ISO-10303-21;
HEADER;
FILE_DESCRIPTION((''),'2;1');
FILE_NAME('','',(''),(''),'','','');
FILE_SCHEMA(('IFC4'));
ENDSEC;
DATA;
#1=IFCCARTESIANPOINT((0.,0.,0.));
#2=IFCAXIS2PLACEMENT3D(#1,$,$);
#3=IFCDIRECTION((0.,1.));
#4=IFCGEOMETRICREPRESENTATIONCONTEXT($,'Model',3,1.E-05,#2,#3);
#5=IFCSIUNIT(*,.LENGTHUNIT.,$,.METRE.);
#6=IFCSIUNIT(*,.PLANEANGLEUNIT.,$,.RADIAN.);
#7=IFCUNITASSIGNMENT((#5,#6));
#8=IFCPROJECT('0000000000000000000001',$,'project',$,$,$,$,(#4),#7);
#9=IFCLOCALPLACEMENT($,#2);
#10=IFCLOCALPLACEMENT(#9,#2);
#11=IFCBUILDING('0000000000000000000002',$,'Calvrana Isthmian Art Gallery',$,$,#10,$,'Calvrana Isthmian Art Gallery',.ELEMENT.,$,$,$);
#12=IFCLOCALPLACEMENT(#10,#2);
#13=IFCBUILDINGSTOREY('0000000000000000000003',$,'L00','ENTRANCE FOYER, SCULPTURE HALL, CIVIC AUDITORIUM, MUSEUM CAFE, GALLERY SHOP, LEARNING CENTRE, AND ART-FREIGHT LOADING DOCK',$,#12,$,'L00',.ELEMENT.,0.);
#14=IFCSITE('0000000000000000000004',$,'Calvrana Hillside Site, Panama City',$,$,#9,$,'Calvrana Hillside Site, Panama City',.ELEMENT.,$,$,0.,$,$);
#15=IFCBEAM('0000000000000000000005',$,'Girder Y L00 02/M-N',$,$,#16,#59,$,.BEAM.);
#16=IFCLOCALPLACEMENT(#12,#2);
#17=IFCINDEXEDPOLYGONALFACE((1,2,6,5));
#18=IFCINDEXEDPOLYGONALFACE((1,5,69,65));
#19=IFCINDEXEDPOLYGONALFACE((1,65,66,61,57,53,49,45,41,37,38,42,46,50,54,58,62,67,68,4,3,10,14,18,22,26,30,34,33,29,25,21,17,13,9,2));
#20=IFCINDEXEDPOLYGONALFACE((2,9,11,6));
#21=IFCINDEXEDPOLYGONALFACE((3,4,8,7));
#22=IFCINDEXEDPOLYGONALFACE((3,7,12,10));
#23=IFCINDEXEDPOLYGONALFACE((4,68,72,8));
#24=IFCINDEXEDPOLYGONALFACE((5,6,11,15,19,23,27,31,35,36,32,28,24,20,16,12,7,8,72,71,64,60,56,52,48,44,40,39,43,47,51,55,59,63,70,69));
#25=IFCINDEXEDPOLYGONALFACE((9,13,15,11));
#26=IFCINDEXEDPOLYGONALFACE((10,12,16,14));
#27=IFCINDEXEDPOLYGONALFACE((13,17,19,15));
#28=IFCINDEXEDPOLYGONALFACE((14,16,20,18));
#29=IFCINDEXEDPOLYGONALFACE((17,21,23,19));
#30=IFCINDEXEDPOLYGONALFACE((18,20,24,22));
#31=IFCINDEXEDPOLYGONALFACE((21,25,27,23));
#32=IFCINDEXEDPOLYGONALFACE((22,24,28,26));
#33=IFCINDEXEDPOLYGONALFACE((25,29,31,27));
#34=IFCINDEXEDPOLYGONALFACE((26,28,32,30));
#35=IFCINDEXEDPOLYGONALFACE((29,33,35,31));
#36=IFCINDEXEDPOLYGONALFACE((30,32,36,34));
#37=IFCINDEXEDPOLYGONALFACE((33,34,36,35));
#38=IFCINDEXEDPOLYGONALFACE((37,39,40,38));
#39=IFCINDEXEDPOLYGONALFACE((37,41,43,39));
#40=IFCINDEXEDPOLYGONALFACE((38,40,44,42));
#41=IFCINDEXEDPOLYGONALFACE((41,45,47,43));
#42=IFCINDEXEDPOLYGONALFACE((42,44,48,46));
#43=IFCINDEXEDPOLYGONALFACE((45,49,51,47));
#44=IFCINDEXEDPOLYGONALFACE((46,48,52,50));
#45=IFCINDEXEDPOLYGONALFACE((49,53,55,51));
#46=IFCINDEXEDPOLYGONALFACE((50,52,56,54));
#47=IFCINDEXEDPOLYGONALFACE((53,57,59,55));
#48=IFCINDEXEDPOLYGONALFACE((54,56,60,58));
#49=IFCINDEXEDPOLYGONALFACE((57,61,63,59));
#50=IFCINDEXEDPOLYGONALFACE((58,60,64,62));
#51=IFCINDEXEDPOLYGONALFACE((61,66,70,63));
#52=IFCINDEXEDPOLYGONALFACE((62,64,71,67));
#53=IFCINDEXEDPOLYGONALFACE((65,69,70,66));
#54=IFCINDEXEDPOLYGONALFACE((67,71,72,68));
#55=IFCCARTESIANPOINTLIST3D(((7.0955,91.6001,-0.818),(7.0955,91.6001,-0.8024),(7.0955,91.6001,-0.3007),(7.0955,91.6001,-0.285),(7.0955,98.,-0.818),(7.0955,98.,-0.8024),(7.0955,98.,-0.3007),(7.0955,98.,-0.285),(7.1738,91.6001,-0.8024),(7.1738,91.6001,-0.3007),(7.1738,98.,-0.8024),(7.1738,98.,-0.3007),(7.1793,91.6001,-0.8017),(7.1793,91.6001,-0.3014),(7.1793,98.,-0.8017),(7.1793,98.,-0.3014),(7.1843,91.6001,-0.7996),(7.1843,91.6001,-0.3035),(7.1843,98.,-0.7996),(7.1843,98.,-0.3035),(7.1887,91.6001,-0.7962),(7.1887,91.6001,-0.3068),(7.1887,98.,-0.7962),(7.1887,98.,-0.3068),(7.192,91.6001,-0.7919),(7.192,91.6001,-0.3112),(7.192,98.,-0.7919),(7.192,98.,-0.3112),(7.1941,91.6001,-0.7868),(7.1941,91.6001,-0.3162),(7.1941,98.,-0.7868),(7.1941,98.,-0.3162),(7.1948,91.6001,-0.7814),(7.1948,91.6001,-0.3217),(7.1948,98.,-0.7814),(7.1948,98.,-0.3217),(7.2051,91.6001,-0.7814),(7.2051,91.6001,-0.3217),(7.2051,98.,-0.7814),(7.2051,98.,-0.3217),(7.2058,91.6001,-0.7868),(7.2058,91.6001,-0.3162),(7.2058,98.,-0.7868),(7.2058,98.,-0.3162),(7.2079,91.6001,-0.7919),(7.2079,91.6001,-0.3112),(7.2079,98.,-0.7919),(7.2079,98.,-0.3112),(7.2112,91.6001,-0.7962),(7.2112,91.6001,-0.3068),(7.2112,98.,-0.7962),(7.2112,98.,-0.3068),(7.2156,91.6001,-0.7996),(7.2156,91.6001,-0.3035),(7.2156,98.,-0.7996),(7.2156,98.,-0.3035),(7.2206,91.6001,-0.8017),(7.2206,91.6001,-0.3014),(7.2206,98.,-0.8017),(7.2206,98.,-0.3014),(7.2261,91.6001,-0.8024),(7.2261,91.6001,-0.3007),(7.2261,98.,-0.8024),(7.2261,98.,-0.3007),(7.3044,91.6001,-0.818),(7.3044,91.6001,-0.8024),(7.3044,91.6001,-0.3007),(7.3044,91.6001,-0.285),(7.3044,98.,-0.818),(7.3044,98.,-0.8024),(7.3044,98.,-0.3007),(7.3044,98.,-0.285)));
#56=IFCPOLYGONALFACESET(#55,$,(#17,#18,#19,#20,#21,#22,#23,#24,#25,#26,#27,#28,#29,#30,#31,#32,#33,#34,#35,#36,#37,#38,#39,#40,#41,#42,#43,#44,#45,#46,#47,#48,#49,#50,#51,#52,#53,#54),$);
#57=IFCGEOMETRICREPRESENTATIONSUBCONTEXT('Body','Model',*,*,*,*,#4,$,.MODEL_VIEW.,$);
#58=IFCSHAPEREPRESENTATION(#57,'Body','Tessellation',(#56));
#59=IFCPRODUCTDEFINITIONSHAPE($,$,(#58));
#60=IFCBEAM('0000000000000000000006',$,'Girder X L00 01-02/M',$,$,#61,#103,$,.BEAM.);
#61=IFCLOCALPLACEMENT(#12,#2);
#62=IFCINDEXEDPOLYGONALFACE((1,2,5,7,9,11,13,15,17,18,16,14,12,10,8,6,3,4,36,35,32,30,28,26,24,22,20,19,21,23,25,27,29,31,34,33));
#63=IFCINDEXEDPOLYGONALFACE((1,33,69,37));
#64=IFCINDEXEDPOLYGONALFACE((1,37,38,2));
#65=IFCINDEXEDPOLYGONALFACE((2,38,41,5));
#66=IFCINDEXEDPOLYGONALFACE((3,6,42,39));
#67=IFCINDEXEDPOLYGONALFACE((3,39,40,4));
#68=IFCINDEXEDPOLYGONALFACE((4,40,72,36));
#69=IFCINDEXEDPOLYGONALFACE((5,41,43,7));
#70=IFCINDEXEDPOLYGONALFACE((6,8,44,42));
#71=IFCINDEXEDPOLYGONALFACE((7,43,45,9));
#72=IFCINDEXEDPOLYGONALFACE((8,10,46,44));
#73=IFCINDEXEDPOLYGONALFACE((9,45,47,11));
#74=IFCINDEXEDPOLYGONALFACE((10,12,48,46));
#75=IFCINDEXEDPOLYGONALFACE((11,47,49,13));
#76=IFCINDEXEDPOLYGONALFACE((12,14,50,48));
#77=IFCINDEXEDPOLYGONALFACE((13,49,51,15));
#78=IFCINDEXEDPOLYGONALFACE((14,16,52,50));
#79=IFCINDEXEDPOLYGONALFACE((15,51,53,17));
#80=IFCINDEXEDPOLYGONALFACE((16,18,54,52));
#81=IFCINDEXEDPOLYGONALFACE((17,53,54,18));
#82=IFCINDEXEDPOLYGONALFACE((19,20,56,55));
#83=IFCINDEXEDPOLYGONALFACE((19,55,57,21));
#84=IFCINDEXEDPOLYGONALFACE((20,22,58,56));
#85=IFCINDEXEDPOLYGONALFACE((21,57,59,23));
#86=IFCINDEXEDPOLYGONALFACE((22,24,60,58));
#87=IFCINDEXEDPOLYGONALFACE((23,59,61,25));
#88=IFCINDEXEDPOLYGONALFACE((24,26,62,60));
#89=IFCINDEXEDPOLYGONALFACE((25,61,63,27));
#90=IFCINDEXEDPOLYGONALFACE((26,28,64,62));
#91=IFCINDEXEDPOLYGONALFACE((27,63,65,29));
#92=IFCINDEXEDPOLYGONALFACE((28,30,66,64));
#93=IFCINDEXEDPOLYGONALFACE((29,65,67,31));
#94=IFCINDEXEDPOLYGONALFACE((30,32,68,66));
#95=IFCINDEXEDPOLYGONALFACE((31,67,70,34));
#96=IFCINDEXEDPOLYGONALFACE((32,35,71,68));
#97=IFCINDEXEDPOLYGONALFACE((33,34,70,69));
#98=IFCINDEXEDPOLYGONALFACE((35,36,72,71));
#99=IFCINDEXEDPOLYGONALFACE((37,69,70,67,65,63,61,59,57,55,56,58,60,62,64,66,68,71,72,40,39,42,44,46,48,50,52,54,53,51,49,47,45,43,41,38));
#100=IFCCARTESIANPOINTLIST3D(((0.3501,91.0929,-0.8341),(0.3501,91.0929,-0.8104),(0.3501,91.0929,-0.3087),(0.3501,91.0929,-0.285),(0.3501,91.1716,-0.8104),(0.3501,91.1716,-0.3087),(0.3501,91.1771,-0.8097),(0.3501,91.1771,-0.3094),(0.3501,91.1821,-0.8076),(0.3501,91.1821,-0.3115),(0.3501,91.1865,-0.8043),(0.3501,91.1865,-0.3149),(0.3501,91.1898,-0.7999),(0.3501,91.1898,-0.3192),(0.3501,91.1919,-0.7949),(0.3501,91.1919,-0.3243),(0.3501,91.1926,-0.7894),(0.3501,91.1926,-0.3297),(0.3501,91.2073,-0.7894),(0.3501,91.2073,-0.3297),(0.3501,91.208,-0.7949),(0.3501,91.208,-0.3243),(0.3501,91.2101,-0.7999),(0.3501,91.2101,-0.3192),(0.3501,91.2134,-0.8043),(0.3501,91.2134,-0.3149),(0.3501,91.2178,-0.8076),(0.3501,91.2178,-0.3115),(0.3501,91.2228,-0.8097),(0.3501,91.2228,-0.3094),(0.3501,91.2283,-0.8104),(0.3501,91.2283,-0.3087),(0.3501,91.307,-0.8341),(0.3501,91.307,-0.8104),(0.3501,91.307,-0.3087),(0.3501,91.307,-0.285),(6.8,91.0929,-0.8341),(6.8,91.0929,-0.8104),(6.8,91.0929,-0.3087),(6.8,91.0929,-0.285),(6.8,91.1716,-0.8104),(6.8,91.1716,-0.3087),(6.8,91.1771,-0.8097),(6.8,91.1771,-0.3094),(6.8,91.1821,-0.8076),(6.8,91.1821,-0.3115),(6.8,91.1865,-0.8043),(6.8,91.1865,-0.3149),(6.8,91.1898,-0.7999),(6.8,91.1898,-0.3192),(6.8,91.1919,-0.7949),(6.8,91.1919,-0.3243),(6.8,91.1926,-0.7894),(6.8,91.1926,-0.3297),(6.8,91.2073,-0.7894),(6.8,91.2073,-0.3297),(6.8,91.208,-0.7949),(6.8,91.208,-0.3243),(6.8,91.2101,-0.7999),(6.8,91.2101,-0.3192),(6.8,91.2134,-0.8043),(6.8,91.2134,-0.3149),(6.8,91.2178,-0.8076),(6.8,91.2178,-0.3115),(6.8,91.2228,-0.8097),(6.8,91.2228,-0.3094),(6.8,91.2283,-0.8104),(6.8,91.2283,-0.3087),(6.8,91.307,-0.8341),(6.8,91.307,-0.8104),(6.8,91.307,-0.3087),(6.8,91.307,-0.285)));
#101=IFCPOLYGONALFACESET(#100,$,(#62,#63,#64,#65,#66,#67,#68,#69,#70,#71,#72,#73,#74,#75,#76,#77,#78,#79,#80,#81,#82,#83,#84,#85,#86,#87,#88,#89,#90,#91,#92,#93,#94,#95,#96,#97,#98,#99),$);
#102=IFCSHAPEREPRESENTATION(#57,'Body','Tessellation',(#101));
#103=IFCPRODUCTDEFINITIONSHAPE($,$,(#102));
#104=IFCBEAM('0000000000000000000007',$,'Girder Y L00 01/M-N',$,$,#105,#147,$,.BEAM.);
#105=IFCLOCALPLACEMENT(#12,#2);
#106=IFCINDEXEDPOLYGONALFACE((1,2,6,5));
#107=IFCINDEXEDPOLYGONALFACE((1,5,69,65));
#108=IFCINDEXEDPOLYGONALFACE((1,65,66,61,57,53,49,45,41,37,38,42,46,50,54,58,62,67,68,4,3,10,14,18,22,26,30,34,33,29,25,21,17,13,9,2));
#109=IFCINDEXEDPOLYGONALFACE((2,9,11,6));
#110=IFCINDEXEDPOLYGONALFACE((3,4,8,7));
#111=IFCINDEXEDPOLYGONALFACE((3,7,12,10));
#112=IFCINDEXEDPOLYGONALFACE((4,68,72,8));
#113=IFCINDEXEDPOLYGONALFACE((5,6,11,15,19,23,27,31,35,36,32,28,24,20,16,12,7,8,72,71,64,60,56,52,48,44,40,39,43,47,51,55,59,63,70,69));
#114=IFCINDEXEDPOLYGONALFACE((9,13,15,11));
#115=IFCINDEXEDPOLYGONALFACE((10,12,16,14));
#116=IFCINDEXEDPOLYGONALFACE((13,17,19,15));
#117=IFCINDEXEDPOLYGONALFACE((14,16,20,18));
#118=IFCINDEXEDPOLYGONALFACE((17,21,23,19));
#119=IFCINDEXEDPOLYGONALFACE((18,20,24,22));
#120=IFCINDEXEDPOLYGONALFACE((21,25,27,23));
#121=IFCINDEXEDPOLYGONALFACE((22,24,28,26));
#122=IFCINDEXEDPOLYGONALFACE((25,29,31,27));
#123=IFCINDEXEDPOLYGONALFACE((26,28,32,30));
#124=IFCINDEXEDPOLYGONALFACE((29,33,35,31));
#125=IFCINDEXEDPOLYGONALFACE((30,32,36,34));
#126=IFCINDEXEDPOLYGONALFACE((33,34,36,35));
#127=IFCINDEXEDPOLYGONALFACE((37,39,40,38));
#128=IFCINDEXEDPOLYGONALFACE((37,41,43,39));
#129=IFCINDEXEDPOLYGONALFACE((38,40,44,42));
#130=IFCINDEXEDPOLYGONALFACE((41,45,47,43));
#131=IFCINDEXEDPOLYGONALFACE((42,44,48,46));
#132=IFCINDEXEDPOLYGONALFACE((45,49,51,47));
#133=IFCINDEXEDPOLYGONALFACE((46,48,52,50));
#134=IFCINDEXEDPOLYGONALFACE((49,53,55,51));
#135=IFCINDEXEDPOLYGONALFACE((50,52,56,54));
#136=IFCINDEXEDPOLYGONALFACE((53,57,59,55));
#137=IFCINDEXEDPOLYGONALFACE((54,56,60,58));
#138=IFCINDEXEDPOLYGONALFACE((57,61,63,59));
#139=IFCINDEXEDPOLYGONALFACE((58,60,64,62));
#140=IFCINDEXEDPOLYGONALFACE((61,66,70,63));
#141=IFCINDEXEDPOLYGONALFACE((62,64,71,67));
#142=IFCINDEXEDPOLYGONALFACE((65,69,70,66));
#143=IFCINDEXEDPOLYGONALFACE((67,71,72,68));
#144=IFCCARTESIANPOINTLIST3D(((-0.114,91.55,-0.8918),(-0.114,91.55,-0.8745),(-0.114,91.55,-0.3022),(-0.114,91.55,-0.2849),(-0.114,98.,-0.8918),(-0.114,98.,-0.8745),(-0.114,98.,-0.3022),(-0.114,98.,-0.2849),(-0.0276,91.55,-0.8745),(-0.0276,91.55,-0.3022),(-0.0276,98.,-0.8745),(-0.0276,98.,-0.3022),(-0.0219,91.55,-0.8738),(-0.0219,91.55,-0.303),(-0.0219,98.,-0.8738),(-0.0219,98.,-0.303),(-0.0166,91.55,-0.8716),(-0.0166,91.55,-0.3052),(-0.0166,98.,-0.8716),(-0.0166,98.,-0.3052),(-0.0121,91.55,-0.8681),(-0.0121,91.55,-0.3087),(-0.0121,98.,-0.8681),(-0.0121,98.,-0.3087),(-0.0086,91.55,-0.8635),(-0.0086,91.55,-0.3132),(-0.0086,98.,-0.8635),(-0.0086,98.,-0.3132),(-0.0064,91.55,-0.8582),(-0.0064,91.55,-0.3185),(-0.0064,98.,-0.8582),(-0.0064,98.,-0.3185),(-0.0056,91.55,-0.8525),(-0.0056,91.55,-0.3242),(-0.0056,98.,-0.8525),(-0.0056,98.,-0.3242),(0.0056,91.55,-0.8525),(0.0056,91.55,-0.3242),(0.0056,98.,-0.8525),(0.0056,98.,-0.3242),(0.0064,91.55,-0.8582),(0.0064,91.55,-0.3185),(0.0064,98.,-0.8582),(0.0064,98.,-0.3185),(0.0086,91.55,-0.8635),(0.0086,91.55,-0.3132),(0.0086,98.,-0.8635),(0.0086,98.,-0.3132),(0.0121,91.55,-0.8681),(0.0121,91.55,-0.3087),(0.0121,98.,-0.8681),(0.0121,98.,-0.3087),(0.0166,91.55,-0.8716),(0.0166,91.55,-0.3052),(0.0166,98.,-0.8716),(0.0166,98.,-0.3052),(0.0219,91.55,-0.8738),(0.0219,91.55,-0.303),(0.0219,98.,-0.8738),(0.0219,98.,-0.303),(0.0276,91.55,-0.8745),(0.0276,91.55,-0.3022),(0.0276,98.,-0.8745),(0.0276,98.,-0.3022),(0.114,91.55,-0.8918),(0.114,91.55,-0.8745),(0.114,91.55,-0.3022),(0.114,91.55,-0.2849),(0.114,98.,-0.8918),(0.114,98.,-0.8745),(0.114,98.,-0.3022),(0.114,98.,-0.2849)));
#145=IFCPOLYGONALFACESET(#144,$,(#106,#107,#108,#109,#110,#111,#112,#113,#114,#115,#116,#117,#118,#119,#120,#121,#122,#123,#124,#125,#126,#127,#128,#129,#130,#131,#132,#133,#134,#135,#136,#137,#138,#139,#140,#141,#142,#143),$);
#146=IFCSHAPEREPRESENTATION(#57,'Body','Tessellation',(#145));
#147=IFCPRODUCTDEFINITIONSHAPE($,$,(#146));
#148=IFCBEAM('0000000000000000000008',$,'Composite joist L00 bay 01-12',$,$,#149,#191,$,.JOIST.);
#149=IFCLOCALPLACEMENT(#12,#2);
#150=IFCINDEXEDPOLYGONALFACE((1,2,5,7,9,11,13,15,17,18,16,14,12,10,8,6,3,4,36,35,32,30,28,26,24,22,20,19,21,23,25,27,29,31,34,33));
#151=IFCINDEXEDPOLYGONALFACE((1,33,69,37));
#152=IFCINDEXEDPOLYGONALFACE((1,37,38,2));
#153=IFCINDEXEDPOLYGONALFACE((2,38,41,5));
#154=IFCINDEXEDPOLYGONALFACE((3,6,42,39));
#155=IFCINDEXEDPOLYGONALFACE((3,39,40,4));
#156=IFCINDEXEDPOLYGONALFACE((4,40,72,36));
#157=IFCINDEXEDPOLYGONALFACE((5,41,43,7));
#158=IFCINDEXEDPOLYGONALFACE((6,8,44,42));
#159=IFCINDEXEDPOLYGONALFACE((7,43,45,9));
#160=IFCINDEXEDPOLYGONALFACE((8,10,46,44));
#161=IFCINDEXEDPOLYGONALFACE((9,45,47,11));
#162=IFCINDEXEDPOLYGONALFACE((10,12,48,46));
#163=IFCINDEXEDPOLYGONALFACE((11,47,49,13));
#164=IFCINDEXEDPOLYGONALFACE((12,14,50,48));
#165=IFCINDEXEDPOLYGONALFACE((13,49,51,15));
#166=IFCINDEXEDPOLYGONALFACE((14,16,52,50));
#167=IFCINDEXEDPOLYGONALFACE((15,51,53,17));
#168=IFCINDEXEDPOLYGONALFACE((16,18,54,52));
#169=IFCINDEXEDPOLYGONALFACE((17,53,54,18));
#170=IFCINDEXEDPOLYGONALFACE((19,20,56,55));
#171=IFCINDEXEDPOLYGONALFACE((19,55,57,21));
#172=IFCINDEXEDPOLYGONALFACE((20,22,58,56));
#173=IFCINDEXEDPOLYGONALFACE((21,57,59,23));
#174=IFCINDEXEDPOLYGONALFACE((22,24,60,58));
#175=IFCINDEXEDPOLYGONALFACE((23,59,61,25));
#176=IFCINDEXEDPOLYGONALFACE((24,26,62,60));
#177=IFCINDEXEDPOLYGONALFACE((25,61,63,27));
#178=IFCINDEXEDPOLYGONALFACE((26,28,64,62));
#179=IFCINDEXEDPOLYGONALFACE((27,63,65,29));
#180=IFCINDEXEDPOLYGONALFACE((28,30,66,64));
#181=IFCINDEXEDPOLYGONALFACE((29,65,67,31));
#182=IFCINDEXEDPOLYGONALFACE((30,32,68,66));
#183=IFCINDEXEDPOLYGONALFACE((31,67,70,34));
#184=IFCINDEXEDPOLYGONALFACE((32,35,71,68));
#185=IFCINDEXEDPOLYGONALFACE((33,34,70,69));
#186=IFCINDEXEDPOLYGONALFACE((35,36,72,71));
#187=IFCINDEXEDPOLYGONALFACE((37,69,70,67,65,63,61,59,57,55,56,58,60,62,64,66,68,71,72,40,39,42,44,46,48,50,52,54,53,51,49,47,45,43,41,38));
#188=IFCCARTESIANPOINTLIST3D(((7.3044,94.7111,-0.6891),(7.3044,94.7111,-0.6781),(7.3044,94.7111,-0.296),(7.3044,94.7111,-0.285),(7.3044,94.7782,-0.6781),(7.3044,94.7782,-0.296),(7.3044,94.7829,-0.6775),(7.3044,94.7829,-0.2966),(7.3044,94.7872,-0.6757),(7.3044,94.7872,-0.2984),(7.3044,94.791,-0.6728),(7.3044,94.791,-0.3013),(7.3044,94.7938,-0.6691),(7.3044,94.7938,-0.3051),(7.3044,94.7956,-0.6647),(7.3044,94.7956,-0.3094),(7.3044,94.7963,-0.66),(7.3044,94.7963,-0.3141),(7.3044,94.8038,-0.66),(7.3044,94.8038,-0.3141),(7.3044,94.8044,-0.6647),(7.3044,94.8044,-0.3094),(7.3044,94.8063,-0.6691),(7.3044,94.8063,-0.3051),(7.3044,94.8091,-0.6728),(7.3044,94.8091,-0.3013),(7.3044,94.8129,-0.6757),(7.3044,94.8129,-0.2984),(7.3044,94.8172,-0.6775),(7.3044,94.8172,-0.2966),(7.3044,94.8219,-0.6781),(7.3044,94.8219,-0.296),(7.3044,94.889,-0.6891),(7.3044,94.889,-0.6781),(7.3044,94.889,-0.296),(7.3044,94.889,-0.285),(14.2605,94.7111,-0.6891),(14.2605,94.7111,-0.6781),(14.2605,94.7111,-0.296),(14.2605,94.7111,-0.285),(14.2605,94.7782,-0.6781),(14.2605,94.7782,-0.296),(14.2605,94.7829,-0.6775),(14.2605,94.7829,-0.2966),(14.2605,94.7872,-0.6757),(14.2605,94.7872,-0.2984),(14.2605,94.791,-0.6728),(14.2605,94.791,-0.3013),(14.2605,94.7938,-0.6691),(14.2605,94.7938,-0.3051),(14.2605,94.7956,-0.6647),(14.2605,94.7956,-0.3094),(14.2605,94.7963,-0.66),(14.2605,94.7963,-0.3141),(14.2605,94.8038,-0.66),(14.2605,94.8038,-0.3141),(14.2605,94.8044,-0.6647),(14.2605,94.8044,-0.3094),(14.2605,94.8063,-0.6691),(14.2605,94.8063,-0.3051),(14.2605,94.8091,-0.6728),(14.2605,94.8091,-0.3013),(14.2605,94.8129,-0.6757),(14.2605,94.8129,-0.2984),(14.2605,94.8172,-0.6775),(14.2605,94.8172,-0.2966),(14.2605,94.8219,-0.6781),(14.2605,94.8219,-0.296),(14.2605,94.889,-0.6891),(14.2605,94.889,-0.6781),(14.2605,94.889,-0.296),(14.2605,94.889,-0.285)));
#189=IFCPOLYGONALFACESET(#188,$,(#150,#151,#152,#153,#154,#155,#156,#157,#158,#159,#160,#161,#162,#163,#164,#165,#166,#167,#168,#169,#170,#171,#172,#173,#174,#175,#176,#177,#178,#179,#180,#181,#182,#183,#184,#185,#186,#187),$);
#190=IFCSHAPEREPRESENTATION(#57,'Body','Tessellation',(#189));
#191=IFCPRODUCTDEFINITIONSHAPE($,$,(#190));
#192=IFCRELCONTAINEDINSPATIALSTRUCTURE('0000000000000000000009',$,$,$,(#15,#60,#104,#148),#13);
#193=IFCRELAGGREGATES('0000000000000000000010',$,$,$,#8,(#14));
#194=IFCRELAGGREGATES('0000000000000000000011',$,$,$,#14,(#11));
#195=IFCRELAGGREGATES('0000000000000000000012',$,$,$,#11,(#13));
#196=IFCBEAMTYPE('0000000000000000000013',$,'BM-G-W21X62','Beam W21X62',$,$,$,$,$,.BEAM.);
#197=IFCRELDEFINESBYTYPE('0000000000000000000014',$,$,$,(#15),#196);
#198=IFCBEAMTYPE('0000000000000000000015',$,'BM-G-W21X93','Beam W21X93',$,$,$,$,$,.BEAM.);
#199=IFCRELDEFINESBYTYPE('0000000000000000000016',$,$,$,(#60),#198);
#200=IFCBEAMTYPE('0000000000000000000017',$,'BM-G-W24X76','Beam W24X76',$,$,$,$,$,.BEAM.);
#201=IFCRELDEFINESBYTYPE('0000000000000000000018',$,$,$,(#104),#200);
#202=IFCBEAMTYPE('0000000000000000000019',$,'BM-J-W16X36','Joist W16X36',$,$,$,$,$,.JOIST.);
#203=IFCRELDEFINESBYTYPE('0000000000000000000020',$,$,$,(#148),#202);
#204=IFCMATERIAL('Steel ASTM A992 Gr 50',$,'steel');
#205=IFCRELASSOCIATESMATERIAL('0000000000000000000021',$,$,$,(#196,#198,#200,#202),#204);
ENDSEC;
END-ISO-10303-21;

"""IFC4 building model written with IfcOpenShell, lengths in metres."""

from ifc_helpers import new_model, si_unit, direction, frame, origin, origin_2d, place, context, subcontext, project, spatial, i_section, extrude, material, material_profile, profile_set, type_object, element, save


model = new_model("IFC4")

# Units and contexts
model_context = context("Model", 3, precision=1e-05, world=origin(), true_north=direction((0.0, 1.0)))
body_context = subcontext(model_context, "Body", "Model", "MODEL_VIEW")
ifc_project = project(units=[si_unit("LENGTHUNIT", "METRE"), si_unit("PLANEANGLEUNIT", "RADIAN")], contexts=[model_context])

# Site, building, storey
site_placement = place(None, origin())
site = spatial("IfcSite", under=ifc_project, at=site_placement, Name="Calvrana Hillside Site, Panama City", LongName="Calvrana Hillside Site, Panama City", CompositionType="ELEMENT", RefElevation=0.0)
building_placement = place(site_placement, origin())
building = spatial("IfcBuilding", under=site, at=building_placement, Name="Calvrana Isthmian Art Gallery", LongName="Calvrana Isthmian Art Gallery", CompositionType="ELEMENT")
storey_placement = place(building_placement, origin())
storey = spatial("IfcBuildingStorey", under=building, at=storey_placement, Name="L00", Description="ENTRANCE FOYER, SCULPTURE HALL, CIVIC AUDITORIUM, MUSEUM CAFE, GALLERY SHOP, LEARNING CENTRE, AND ART-FREIGHT LOADING DOCK", LongName="L00", CompositionType="ELEMENT", Elevation=0.0)

# Beams
ifc_material_1 = material(Name="Steel ASTM A992 Gr 50", Category="steel")
ifc_material_profile_1 = material_profile(ifc_material_1, i_section(OverallWidth=0.209, OverallDepth=0.533, WebThickness=0.0103, FlangeThickness=0.0156, FilletRadius=0.021, at=origin_2d()), Name="W21X62")
ifc_profile_set_1 = profile_set([ifc_material_profile_1], Name="Steel ASTM A992 Gr 50")
beam_type_1 = type_object("IfcBeamType", Name="BM-G-W21X62", Description="Beam W21X62", PredefinedType="BEAM", material=ifc_profile_set_1)
beam_1_placement = place(storey_placement, frame((7.2, 91.6001, -0.5515), z_axis=(0.0, 1.0, 0.0), x_axis=(-1.0, 0.0, 0.0)))
element("IfcBeam", 1, at=beam_1_placement, inside=storey, type_object=beam_type_1, Name="Girder Y L00 02/M-N", PredefinedType="BEAM", context=body_context, shape_type="SweptSolid", body=[
    extrude(i_section(OverallWidth=0.209, OverallDepth=0.533, WebThickness=0.0103, FlangeThickness=0.0156, FilletRadius=0.021, at=origin_2d()), origin(), (0.0, 0.0, 1.0), 6.3999),
])
ifc_material_profile_2 = material_profile(ifc_material_1, i_section(OverallWidth=0.2141, OverallDepth=0.5491, WebThickness=0.0146, FlangeThickness=0.0237, FilletRadius=0.021, at=origin_2d()), Name="W21X93")
ifc_profile_set_2 = profile_set([ifc_material_profile_2], Name="Steel ASTM A992 Gr 50")
beam_type_2 = type_object("IfcBeamType", Name="BM-G-W21X93", Description="Beam W21X93", PredefinedType="BEAM", material=ifc_profile_set_2)
beam_2_placement = place(storey_placement, frame((0.3501, 91.2, -0.5596), z_axis=(1.0, 0.0, 0.0), x_axis=(0.0, 1.0, 0.0)))
element("IfcBeam", 2, at=beam_2_placement, inside=storey, type_object=beam_type_2, Name="Girder X L00 01-02/M", PredefinedType="BEAM", context=body_context, shape_type="SweptSolid", body=[
    extrude(i_section(OverallWidth=0.2141, OverallDepth=0.5491, WebThickness=0.0146, FlangeThickness=0.0237, FilletRadius=0.021, at=origin_2d()), origin(), (0.0, 0.0, 1.0), 6.45),
])
ifc_material_profile_3 = material_profile(ifc_material_1, i_section(OverallWidth=0.228, OverallDepth=0.6069, WebThickness=0.0112, FlangeThickness=0.0173, FilletRadius=0.022, at=origin_2d()), Name="W24X76")
ifc_profile_set_3 = profile_set([ifc_material_profile_3], Name="Steel ASTM A992 Gr 50")
beam_type_3 = type_object("IfcBeamType", Name="BM-G-W24X76", Description="Beam W24X76", PredefinedType="BEAM", material=ifc_profile_set_3)
beam_3_placement = place(storey_placement, frame((0.0, 91.55, -0.5884), z_axis=(0.0, 1.0, 0.0), x_axis=(-1.0, 0.0, 0.0)))
element("IfcBeam", 3, at=beam_3_placement, inside=storey, type_object=beam_type_3, Name="Girder Y L00 01/M-N", PredefinedType="BEAM", context=body_context, shape_type="SweptSolid", body=[
    extrude(i_section(OverallWidth=0.228, OverallDepth=0.6069, WebThickness=0.0112, FlangeThickness=0.0173, FilletRadius=0.022, at=origin_2d()), origin(), (0.0, 0.0, 1.0), 6.45),
])
ifc_material_profile_4 = material_profile(ifc_material_1, i_section(OverallWidth=0.178, OverallDepth=0.4041, WebThickness=0.0076, FlangeThickness=0.011, FilletRadius=0.0181, at=origin_2d()), Name="W16X36")
ifc_profile_set_4 = profile_set([ifc_material_profile_4], Name="Steel ASTM A992 Gr 50")
beam_type_4 = type_object("IfcBeamType", Name="BM-J-W16X36", Description="Joist W16X36", PredefinedType="JOIST", material=ifc_profile_set_4)
beam_4_placement = place(storey_placement, frame((7.3044, 94.8, -0.4871), z_axis=(1.0, 0.0, 0.0), x_axis=(0.0, 1.0, 0.0)))
element("IfcBeam", 4, at=beam_4_placement, inside=storey, type_object=beam_type_4, Name="Composite joist L00 bay 01-12", PredefinedType="JOIST", context=body_context, shape_type="SweptSolid", body=[
    extrude(i_section(OverallWidth=0.178, OverallDepth=0.4041, WebThickness=0.0076, FlangeThickness=0.011, FilletRadius=0.0181, at=origin_2d()), origin(), (0.0, 0.0, 1.0), 6.9561),
])

save(model, "model.ifc")
